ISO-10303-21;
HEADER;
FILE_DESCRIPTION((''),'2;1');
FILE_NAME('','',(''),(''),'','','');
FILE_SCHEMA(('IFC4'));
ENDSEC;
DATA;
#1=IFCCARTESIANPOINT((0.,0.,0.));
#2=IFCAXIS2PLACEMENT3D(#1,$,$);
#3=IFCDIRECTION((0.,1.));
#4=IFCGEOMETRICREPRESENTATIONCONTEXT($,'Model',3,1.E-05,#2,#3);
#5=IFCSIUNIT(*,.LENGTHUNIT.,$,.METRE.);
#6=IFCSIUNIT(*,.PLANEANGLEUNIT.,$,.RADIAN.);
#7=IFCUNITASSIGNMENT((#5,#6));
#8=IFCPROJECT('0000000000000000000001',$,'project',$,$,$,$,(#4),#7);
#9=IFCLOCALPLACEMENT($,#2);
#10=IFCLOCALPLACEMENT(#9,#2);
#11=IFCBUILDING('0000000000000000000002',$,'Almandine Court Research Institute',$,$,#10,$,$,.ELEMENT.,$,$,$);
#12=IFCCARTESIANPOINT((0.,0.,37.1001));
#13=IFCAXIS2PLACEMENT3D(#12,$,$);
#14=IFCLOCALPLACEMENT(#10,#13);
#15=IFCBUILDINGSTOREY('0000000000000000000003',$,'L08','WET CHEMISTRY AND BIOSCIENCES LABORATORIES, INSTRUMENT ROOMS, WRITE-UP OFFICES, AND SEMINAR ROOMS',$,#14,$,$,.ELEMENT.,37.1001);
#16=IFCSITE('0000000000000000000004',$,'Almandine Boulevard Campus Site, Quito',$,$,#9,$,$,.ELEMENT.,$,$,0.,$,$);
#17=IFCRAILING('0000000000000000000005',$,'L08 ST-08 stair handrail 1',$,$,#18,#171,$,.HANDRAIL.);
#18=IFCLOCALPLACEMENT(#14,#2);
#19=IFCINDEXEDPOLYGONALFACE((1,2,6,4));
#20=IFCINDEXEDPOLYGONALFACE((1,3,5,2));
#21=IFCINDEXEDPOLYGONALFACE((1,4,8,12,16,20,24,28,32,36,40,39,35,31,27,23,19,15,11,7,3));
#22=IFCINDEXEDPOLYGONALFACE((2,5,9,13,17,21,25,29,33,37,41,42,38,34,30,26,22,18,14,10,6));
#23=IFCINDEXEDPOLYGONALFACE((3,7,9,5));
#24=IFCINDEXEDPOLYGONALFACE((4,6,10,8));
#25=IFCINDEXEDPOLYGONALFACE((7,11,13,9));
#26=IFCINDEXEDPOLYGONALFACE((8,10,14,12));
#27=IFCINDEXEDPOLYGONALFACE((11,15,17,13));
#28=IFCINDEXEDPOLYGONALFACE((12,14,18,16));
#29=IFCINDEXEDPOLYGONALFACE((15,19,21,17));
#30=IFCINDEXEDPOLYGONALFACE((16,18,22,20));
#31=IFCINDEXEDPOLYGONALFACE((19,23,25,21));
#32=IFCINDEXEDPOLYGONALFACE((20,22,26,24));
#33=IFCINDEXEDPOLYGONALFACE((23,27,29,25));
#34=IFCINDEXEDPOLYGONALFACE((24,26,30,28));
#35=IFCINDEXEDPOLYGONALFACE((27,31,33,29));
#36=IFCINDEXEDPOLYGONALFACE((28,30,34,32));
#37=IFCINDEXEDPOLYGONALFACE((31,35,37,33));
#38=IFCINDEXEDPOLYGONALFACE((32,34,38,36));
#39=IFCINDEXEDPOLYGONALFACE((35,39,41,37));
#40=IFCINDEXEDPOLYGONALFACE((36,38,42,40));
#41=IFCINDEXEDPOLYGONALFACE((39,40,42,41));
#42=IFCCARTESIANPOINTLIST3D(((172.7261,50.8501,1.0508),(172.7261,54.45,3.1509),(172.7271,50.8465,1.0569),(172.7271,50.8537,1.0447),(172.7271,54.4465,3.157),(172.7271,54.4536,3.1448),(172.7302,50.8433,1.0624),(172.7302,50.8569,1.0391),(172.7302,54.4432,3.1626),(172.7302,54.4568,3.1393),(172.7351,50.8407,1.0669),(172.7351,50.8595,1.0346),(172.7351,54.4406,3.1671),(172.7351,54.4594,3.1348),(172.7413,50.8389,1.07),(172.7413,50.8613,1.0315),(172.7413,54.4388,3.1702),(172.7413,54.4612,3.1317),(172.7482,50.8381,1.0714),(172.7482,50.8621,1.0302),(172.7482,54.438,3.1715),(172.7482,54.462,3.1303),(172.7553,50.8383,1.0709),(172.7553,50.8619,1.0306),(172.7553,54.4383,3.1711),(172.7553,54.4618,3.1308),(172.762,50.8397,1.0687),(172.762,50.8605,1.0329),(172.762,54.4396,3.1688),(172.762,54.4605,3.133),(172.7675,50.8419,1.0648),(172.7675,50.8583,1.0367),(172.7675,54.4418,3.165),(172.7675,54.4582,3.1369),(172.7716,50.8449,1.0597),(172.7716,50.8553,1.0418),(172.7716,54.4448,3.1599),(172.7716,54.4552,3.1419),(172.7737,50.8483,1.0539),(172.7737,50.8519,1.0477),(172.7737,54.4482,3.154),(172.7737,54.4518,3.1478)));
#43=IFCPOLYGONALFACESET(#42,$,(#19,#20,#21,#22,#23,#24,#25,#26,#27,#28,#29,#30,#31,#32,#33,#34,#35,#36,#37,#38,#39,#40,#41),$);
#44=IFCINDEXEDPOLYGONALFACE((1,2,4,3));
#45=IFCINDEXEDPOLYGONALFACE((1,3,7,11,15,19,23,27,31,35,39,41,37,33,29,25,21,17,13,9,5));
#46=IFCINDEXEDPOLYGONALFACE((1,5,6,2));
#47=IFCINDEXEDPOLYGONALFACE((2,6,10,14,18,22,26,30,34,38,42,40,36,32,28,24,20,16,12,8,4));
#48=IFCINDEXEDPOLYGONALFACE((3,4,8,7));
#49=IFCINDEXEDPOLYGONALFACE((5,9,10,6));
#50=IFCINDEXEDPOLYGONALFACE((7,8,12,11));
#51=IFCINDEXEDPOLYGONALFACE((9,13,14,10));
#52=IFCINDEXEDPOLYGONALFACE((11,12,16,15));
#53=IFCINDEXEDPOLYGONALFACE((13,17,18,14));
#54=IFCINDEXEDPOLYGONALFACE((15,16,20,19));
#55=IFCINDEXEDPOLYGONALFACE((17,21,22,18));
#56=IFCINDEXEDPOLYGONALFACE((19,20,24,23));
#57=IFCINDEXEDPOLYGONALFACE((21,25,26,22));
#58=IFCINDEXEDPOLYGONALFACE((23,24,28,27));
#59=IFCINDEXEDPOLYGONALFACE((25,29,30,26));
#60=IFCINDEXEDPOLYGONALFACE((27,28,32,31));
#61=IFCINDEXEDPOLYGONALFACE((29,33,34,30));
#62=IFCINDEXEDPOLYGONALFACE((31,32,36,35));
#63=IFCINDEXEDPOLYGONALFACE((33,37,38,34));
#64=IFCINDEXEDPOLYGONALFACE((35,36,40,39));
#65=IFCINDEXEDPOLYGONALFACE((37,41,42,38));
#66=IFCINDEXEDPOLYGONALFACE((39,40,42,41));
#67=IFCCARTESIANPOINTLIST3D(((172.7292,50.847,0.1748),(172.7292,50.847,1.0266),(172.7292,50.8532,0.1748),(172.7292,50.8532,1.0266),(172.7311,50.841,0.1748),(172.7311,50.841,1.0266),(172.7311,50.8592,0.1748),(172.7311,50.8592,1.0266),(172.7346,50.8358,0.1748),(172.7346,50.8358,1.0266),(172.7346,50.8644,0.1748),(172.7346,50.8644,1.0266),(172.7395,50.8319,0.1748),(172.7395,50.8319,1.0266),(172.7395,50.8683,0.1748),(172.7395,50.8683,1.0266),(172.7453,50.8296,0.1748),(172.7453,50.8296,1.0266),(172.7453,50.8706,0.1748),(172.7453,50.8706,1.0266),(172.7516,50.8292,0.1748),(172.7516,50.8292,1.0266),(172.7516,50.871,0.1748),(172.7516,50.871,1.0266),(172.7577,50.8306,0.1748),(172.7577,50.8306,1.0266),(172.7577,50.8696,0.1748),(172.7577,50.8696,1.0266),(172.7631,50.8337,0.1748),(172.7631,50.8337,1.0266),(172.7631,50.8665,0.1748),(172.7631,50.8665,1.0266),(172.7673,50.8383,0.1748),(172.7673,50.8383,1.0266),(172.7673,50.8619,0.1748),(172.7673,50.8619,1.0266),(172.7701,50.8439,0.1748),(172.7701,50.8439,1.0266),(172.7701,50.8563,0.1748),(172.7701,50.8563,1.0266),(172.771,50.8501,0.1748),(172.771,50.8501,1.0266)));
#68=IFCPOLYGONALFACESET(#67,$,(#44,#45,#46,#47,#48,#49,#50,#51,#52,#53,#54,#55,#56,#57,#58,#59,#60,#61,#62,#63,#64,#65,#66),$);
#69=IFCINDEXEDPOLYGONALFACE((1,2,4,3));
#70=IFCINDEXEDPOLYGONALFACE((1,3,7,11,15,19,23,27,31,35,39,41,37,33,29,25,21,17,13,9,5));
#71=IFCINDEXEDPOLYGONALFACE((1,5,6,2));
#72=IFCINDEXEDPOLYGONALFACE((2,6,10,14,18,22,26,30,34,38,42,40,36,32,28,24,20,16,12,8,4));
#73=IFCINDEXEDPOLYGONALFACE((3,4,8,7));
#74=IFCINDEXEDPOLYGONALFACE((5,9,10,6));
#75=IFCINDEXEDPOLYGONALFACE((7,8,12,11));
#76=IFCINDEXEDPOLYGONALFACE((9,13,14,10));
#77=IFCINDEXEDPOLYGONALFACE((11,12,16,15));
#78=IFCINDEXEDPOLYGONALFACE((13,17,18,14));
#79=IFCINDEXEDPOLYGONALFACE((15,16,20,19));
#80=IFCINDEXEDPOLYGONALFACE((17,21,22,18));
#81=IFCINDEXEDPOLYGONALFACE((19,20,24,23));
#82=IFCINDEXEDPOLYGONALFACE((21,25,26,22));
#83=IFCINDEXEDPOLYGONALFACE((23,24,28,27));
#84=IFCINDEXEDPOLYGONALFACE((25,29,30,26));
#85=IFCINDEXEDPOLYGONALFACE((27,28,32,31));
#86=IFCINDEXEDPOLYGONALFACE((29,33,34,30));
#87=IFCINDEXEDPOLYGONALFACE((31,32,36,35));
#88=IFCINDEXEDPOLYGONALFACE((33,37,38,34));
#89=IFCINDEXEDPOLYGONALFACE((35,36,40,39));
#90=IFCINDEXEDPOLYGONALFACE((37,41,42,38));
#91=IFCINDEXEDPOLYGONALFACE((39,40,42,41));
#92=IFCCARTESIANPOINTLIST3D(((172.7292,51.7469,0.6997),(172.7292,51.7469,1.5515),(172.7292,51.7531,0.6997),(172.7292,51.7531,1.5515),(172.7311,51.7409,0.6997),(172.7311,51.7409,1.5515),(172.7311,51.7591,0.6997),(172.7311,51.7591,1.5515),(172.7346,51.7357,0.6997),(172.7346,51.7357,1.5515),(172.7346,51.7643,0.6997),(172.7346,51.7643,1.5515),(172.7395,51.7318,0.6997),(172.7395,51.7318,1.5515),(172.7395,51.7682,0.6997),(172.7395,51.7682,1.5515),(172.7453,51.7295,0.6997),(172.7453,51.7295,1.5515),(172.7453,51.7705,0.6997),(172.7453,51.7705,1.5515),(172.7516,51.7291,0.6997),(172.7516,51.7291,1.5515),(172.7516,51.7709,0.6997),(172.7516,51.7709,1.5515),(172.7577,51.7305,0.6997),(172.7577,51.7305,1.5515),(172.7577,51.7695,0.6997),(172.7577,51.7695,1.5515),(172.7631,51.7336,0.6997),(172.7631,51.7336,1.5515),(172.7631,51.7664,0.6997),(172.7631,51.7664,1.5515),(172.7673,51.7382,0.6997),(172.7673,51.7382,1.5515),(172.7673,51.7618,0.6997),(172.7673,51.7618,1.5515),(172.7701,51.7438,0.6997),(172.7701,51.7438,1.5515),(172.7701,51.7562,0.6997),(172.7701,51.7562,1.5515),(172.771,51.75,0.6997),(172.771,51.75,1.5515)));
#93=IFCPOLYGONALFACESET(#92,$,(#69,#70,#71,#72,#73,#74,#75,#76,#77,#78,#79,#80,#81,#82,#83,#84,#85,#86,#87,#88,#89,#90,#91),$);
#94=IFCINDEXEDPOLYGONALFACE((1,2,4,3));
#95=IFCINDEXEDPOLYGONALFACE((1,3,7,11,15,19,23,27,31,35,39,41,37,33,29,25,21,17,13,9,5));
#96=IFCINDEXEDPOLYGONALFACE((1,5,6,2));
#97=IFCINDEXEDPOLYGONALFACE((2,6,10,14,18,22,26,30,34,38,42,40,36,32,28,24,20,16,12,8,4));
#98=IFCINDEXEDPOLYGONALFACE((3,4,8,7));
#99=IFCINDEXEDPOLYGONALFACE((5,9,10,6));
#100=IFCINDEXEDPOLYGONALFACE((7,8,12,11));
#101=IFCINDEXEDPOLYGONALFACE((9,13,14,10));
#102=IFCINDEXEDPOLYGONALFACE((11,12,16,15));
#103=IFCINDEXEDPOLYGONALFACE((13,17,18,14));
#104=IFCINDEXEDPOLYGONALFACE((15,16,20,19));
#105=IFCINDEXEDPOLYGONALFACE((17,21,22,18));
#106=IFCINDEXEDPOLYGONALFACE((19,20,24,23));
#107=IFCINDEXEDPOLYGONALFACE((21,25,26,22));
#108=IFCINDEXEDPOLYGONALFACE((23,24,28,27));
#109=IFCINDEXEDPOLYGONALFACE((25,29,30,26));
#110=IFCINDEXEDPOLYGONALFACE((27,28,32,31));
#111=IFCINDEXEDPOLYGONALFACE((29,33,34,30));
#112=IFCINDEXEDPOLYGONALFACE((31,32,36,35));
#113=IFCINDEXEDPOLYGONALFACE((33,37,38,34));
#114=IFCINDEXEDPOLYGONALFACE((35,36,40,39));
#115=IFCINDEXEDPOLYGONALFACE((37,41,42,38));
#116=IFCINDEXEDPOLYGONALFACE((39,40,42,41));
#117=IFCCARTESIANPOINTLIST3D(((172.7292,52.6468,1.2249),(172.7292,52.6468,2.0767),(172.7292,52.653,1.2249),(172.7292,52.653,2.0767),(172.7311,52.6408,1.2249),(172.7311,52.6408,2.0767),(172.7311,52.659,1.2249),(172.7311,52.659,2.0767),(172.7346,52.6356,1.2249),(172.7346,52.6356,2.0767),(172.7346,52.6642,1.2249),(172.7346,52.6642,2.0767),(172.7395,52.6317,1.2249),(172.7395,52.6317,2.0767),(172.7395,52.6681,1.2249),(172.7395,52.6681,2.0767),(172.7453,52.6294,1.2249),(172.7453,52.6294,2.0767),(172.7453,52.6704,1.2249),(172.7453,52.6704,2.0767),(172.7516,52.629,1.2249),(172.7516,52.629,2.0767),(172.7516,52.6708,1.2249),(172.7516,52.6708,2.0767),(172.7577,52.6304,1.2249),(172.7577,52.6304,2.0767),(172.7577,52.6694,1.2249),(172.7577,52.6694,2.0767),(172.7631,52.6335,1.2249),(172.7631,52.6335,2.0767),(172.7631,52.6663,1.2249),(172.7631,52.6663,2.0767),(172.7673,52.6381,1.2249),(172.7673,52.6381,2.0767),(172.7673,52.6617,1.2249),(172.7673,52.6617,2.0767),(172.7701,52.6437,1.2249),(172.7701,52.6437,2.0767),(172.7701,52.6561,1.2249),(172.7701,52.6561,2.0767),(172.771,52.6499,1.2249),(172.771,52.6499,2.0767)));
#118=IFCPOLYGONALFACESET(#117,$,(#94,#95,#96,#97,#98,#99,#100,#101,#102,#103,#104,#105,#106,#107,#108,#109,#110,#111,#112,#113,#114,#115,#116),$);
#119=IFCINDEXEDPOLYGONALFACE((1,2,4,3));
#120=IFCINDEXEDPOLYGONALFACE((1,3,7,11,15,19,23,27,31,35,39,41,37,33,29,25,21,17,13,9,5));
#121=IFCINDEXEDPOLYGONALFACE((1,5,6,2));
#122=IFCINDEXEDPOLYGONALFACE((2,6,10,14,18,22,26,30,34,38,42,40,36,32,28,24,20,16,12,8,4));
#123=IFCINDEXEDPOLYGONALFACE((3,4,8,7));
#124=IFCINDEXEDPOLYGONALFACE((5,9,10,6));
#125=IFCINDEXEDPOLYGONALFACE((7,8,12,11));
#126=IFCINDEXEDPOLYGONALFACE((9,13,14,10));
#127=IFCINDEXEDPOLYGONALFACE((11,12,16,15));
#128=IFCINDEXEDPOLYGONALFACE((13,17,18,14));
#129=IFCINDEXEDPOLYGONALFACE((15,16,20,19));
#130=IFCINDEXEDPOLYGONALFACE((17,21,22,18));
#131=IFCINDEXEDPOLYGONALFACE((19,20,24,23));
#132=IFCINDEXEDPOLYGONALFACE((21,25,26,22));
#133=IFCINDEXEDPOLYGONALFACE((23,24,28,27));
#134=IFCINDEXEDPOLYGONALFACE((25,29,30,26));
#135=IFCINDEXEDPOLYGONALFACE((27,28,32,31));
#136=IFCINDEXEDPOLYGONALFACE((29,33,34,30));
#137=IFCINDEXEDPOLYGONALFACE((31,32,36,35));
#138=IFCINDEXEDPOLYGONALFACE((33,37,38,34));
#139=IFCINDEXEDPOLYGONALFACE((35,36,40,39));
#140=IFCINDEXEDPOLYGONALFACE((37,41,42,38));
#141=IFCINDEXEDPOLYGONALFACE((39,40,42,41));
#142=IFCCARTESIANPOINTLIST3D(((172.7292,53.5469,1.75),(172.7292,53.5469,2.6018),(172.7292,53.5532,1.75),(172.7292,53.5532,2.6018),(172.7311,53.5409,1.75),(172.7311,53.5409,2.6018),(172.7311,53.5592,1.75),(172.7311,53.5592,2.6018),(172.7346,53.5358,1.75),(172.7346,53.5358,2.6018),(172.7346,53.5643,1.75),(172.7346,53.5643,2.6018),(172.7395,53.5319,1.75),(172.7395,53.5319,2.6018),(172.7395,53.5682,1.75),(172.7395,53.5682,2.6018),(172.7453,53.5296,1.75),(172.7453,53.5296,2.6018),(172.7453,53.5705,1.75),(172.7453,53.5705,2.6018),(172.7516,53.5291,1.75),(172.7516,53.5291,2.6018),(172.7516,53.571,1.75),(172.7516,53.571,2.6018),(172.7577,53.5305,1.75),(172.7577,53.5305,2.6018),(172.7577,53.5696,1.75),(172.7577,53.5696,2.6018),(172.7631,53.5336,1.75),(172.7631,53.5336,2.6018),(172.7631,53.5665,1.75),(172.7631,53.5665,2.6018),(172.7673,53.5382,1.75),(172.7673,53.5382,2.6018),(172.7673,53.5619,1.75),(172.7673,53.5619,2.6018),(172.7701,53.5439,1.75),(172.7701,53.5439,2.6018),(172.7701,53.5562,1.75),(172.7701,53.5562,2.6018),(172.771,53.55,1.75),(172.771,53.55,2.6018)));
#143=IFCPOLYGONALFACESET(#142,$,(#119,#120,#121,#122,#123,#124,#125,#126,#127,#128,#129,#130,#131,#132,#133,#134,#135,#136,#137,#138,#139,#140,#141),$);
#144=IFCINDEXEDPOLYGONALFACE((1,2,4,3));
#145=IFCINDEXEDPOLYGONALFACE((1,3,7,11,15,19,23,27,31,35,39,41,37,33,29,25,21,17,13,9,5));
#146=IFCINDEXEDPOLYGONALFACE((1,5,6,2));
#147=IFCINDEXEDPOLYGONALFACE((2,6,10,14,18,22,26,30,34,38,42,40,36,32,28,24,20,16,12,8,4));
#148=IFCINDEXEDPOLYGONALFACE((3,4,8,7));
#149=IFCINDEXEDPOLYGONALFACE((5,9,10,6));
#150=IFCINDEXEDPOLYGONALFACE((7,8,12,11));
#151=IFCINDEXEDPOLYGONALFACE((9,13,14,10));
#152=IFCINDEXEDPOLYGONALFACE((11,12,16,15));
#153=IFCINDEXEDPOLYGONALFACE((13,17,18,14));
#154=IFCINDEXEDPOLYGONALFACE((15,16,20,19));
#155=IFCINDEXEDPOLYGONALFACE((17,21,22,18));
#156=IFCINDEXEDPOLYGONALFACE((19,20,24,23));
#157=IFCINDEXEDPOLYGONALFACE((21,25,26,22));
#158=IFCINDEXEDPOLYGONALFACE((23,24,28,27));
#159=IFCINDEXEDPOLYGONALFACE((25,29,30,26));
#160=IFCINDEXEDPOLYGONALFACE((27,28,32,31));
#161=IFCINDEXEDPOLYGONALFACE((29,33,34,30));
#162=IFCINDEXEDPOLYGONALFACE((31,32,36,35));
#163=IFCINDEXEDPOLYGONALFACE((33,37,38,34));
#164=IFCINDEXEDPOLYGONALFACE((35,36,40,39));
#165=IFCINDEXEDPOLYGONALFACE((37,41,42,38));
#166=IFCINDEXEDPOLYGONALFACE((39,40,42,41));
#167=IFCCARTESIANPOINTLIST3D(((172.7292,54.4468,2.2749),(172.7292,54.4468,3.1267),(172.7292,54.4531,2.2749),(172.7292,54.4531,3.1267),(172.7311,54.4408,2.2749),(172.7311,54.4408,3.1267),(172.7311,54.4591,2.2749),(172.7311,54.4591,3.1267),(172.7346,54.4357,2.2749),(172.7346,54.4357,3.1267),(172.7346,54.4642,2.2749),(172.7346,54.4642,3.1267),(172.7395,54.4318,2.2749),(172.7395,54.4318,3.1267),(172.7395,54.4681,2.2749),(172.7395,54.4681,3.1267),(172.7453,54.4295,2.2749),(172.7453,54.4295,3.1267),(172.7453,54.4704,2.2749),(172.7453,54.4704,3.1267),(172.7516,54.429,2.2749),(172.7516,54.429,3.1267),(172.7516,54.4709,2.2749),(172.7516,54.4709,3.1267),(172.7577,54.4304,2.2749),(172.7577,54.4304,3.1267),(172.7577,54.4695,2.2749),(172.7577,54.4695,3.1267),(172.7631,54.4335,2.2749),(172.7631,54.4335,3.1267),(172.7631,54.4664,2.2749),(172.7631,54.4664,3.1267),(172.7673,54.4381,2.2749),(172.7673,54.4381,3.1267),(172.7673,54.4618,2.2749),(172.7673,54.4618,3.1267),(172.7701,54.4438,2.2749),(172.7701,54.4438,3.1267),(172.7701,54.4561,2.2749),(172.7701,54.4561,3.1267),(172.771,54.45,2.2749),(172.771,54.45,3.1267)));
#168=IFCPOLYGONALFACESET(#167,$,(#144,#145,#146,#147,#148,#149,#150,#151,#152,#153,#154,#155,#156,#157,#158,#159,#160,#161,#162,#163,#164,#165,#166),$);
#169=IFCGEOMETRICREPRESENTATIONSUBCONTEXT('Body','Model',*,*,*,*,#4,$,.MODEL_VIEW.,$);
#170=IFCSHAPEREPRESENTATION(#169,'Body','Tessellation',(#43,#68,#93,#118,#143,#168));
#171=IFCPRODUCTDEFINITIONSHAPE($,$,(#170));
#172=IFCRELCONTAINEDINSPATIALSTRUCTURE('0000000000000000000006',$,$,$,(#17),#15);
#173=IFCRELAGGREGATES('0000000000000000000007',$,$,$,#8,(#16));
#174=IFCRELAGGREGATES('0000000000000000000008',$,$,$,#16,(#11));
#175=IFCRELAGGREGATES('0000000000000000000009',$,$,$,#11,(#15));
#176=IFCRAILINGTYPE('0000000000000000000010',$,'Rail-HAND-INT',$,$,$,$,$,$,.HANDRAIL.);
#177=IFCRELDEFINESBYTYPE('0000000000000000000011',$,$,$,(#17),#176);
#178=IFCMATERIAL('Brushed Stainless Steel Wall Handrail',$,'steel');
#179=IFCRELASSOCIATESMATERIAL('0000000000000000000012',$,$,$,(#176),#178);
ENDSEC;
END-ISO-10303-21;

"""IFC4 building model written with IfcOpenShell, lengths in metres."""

from ifc_helpers import new_model, si_unit, direction, frame, origin, origin_2d, place, context, subcontext, project, spatial, circle, extrude, material, type_object, element, save


model = new_model("IFC4")

# Units and contexts
model_context = context("Model", 3, precision=1e-05, world=origin(), true_north=direction((0.0, 1.0)))
body_context = subcontext(model_context, "Body", "Model", "MODEL_VIEW")
ifc_project = project(units=[si_unit("LENGTHUNIT", "METRE"), si_unit("PLANEANGLEUNIT", "RADIAN")], contexts=[model_context])

# Site, building, storey
site_placement = place(None, origin())
site = spatial("IfcSite", under=ifc_project, at=site_placement, Name="Almandine Boulevard Campus Site, Quito", CompositionType="ELEMENT", RefElevation=0.0)
building_placement = place(site_placement, origin())
building = spatial("IfcBuilding", under=site, at=building_placement, Name="Almandine Court Research Institute", CompositionType="ELEMENT")
storey_placement = place(building_placement, frame((0.0, 0.0, 37.1001)))
storey = spatial("IfcBuildingStorey", under=building, at=storey_placement, Name="L08", Description="WET CHEMISTRY AND BIOSCIENCES LABORATORIES, INSTRUMENT ROOMS, WRITE-UP OFFICES, AND SEMINAR ROOMS", CompositionType="ELEMENT", Elevation=37.1001)

# Railing
ifc_material_1 = material(Name="Brushed Stainless Steel Wall Handrail", Category="steel")
railing_type_1 = type_object("IfcRailingType", Name="Rail-HAND-INT", PredefinedType="HANDRAIL", material=ifc_material_1)
railing_1_placement = place(storey_placement, frame((172.75, 50.8501, 0.1748)))
element("IfcRailing", 1, at=railing_1_placement, inside=storey, type_object=railing_type_1, Name="L08 ST-08 stair handrail 1", PredefinedType="HANDRAIL", context=body_context, shape_type="SweptSolid", body=[
    extrude(circle(Radius=0.0239, at=origin_2d()), frame((0.0, 0.0, 0.876), z_axis=(0.0, 0.86376, 0.503904), x_axis=(-1.0, 0.0, 0.0)), (0.0, 0.0, 1.0), 4.1677),
    extrude(circle(Radius=0.021, at=origin_2d()), origin(), (0.0, 0.0, 1.0), 0.8518),
    extrude(circle(Radius=0.021, at=origin_2d()), frame((0.0, 0.8999, 0.5249)), (0.0, 0.0, 1.0), 0.8518),
    extrude(circle(Radius=0.021, at=origin_2d()), frame((0.0, 1.7998, 1.05)), (0.0, 0.0, 1.0), 0.8518),
    extrude(circle(Radius=0.021, at=origin_2d()), frame((0.0, 2.7, 1.5752)), (0.0, 0.0, 1.0), 0.8518),
    extrude(circle(Radius=0.021, at=origin_2d()), frame((0.0, 3.5999, 2.1001)), (0.0, 0.0, 1.0), 0.8518),
])

save(model, "model.ifc")
